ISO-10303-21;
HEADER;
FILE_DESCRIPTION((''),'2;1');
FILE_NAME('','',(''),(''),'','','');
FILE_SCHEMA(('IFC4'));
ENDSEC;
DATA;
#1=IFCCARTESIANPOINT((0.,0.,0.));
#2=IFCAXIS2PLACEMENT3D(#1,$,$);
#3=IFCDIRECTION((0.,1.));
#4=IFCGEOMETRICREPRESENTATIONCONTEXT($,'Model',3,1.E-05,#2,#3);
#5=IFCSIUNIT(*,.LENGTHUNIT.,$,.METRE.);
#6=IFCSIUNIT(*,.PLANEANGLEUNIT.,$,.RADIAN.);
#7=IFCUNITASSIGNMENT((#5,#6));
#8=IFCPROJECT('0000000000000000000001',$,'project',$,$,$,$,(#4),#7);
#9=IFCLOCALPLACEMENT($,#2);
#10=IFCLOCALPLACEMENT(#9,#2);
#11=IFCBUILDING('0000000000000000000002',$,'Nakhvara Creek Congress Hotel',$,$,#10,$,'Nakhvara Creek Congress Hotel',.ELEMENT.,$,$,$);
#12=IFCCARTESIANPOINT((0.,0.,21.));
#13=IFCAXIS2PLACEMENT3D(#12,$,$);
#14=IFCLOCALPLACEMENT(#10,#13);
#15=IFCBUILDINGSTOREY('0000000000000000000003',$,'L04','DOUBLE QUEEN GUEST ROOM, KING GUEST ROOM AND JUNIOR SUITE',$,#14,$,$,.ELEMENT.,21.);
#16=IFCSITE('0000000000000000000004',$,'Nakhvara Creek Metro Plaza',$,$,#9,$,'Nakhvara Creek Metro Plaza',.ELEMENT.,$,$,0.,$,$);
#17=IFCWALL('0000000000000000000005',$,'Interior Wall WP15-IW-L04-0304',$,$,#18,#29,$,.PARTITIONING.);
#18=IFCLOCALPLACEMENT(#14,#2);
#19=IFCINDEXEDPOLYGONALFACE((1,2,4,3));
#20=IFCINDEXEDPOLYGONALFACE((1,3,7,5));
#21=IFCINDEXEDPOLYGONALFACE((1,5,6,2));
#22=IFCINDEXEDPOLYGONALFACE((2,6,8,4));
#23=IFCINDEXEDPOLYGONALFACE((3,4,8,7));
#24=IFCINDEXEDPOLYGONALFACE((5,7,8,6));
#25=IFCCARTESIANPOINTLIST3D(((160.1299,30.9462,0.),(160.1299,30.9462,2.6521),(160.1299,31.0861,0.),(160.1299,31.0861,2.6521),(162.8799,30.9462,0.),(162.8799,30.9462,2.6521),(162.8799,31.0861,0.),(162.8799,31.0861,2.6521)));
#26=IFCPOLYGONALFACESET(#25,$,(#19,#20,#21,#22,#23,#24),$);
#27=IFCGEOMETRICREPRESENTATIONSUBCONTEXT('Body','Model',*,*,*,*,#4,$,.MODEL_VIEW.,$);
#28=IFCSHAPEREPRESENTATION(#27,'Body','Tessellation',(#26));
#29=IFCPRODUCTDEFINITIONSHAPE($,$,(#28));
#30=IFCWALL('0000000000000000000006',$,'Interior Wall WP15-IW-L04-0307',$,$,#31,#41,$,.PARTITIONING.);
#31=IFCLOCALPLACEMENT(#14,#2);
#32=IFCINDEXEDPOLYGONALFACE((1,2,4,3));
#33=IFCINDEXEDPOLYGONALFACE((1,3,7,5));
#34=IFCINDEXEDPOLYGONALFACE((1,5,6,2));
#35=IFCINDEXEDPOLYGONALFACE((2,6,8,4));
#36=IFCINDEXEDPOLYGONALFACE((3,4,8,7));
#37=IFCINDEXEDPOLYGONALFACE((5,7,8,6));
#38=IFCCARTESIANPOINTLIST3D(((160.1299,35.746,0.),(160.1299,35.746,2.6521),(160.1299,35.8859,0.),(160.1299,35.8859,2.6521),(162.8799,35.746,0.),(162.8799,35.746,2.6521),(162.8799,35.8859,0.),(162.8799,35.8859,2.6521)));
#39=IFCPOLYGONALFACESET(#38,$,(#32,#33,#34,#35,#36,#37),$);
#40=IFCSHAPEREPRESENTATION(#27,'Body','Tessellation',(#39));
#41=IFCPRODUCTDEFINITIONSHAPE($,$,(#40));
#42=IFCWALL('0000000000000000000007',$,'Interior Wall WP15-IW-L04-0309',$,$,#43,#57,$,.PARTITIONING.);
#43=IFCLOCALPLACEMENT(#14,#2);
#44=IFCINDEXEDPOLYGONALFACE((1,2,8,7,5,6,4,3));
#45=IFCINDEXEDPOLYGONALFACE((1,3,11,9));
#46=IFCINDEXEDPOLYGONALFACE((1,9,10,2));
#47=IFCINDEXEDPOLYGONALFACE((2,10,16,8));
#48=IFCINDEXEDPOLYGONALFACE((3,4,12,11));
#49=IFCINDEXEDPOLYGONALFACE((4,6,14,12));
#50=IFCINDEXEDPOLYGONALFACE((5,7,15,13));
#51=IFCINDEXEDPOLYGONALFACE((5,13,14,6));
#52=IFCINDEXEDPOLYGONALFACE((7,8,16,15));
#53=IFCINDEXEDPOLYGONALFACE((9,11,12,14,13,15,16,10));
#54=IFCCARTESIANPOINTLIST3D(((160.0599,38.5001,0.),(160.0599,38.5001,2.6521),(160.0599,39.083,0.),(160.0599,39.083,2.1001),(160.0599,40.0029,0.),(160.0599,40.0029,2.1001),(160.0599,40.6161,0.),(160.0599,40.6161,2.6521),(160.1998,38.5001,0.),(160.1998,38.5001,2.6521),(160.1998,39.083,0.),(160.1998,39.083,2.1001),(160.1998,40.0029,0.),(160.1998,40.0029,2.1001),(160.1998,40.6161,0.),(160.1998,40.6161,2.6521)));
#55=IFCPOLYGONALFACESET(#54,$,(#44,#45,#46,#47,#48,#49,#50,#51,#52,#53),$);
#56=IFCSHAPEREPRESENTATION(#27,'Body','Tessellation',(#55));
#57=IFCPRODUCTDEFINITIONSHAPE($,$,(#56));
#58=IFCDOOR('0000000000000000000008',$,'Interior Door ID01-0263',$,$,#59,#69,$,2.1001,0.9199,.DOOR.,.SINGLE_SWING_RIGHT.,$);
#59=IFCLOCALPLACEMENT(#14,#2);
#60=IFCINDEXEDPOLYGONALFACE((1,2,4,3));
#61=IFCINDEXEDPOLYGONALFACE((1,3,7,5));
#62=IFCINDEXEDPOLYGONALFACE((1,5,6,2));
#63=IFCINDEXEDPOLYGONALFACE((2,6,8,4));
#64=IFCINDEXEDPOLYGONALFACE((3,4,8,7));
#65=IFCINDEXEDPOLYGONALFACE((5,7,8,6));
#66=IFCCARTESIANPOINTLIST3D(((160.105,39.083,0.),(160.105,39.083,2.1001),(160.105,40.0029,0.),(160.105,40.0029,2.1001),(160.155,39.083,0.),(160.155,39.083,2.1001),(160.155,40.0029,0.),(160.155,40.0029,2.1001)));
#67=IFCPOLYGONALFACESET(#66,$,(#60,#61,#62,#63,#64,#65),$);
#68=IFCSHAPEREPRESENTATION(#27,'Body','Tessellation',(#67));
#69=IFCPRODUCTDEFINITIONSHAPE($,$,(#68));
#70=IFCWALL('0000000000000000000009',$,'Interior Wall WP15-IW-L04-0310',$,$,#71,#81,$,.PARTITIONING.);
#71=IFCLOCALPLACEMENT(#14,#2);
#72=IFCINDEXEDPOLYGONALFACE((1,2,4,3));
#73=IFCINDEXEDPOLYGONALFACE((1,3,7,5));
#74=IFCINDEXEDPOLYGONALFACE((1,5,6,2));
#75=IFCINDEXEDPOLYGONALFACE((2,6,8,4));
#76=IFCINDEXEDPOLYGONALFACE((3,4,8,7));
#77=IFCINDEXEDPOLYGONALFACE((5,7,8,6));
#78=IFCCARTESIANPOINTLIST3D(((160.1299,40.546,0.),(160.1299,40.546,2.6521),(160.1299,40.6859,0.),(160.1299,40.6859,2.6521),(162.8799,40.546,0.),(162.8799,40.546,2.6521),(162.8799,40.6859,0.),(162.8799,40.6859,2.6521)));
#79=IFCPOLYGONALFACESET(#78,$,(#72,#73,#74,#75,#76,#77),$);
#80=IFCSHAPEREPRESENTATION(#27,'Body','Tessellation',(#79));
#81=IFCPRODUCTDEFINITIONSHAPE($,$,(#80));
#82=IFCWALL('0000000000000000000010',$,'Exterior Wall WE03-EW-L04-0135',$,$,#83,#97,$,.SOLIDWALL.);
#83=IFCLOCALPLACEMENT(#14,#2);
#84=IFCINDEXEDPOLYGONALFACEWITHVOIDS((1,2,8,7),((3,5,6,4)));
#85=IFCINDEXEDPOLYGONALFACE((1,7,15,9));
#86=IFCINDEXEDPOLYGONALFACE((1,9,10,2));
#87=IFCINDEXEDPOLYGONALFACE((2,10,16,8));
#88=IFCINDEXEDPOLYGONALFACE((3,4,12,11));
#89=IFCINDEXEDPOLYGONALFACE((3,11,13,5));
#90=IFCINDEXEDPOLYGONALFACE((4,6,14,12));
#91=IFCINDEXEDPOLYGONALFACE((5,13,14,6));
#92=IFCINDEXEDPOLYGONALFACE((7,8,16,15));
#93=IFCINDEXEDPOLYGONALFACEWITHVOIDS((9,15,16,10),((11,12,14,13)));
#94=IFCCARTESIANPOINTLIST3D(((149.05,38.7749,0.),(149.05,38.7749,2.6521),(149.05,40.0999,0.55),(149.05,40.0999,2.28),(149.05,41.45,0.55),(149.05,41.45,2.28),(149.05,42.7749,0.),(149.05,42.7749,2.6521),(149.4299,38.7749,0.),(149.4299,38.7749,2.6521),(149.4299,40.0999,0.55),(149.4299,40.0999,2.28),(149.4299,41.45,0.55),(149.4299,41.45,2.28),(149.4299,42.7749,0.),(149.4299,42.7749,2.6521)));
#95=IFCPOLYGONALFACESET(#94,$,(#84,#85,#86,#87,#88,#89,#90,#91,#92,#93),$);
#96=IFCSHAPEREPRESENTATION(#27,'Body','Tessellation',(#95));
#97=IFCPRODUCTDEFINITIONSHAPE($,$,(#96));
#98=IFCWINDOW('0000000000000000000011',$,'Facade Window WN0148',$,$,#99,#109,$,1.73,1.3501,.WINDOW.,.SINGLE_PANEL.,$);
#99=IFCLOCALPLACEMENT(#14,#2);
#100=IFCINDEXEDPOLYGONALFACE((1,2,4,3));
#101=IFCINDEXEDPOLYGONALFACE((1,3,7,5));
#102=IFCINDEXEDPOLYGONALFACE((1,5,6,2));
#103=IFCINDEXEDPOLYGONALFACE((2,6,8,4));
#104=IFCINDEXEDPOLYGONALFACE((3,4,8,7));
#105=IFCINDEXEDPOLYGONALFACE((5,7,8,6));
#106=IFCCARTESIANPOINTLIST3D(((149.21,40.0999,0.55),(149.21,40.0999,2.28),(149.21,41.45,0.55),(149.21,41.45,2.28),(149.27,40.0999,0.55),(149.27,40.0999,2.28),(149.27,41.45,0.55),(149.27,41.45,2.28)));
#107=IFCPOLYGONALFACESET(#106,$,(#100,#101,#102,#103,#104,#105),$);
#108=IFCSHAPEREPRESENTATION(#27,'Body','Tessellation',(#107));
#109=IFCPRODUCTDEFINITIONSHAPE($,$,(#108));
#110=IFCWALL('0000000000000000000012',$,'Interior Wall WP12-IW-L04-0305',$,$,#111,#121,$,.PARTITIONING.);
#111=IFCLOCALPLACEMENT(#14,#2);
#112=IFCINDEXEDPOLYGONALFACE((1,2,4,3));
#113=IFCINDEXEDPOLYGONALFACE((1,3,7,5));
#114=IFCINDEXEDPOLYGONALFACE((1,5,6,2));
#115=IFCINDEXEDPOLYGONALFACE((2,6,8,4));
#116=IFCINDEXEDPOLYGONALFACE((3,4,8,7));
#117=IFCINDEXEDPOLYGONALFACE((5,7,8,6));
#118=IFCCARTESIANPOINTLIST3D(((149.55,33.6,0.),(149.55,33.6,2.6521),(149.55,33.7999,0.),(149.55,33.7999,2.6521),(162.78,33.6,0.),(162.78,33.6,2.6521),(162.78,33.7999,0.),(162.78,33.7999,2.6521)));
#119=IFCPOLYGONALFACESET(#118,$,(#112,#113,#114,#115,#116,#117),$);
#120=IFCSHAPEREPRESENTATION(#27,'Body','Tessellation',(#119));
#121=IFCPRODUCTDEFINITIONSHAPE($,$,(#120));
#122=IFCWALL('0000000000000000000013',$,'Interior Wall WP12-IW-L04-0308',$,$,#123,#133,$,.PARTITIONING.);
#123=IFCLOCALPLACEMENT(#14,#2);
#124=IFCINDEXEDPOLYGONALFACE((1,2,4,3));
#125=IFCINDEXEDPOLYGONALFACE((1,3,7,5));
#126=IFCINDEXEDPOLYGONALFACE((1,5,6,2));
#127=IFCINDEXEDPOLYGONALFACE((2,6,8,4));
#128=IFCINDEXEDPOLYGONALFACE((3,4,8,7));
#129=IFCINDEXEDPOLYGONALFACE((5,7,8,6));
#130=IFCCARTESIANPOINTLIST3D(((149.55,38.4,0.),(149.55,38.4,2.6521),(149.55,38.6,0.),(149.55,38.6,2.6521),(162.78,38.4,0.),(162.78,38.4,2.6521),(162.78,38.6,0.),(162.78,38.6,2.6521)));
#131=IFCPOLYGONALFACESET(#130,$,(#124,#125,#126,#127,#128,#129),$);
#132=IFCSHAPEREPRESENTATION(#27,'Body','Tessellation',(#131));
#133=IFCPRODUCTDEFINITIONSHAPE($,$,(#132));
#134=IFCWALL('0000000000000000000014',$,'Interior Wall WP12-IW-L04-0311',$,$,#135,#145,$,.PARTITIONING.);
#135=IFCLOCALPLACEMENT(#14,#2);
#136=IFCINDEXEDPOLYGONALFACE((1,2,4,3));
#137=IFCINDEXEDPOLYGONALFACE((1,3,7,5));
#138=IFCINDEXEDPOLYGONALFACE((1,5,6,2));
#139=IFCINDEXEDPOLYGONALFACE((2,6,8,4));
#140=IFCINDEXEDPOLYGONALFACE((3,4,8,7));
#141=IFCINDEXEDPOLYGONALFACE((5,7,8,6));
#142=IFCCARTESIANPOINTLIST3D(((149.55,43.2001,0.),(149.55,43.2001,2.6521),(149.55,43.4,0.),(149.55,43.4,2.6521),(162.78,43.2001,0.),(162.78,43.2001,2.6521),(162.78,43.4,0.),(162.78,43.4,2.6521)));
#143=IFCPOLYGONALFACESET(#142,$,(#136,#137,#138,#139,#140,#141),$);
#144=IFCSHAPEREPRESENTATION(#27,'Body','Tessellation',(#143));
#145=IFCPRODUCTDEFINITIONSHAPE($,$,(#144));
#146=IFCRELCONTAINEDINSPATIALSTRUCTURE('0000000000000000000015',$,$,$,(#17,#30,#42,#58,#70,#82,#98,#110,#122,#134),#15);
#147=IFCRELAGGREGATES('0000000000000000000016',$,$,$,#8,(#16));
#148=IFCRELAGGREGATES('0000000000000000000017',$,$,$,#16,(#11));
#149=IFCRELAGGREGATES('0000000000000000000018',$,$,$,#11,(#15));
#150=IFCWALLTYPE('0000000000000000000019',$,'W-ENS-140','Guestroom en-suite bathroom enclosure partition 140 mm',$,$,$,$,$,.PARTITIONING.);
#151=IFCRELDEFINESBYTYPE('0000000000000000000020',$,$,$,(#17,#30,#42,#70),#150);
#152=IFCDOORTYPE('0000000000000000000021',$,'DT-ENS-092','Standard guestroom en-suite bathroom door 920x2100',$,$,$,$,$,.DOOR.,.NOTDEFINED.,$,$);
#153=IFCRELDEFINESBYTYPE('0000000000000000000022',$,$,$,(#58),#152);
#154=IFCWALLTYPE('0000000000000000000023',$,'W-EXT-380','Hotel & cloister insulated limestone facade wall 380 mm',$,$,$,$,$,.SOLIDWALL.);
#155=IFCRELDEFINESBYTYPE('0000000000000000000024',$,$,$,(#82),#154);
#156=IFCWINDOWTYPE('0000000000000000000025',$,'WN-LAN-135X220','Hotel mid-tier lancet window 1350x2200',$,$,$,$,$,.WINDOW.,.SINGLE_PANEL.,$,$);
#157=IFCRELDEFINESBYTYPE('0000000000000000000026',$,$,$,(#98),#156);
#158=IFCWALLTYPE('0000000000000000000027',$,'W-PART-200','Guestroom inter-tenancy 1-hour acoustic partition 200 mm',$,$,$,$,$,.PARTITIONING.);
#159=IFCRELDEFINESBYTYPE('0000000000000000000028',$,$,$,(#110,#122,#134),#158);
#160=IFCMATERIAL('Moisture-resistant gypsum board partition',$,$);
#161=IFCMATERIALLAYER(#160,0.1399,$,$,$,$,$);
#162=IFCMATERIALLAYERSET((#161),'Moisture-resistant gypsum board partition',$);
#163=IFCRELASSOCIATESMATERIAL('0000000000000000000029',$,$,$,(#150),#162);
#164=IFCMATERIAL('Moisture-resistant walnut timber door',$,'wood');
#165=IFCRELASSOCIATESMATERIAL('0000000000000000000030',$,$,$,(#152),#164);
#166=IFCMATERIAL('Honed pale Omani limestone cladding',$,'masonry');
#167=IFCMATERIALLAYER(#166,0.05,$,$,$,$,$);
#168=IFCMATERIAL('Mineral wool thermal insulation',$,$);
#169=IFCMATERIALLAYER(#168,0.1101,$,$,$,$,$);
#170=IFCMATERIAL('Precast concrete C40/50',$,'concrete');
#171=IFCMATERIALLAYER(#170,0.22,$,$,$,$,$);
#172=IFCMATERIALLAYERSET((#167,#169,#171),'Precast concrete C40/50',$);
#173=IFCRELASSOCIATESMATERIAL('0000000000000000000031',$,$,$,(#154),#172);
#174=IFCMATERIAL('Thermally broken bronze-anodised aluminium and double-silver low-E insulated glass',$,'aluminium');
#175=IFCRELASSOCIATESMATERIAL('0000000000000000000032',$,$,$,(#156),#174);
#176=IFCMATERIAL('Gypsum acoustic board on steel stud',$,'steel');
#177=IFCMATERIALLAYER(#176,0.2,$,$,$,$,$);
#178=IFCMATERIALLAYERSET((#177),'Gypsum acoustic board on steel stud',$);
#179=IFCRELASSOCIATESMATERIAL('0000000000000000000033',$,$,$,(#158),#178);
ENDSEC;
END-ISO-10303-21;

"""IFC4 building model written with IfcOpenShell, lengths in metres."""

from ifc_helpers import new_model, si_unit, direction, frame, frame_2d, origin, place, context, subcontext, project, spatial, rectangle, extrude, material, layer, layer_set, type_object, element, fill, save


model = new_model("IFC4")

# Units and contexts
model_context = context("Model", 3, precision=1e-05, world=origin(), true_north=direction((0.0, 1.0)))
body_context = subcontext(model_context, "Body", "Model", "MODEL_VIEW")
ifc_project = project(units=[si_unit("LENGTHUNIT", "METRE"), si_unit("PLANEANGLEUNIT", "RADIAN")], contexts=[model_context])

# Site, building, storey
site_placement = place(None, origin())
site = spatial("IfcSite", under=ifc_project, at=site_placement, Name="Nakhvara Creek Metro Plaza", LongName="Nakhvara Creek Metro Plaza", CompositionType="ELEMENT", RefElevation=0.0)
building_placement = place(site_placement, origin())
building = spatial("IfcBuilding", under=site, at=building_placement, Name="Nakhvara Creek Congress Hotel", LongName="Nakhvara Creek Congress Hotel", CompositionType="ELEMENT")
storey_placement = place(building_placement, frame((0.0, 0.0, 21.0)))
storey = spatial("IfcBuildingStorey", under=building, at=storey_placement, Name="L04", Description="DOUBLE QUEEN GUEST ROOM, KING GUEST ROOM AND JUNIOR SUITE", CompositionType="ELEMENT", Elevation=21.0)

# Shared definitions
ifc_material_1 = material(Name="Moisture-resistant gypsum board partition")
ifc_layer_1 = layer(ifc_material_1, 0.1399)
ifc_layer_set_1 = layer_set([ifc_layer_1], Name="Moisture-resistant gypsum board partition")
wall_type_1 = type_object("IfcWallType", Name="W-ENS-140", Description="Guestroom en-suite bathroom enclosure partition 140 mm", PredefinedType="PARTITIONING", material=ifc_layer_set_1)
ifc_material_2 = material(Name="Moisture-resistant walnut timber door", Category="wood")

# Wall
wall_1_placement = place(storey_placement, frame((160.1299, 31.0161, 0.0), z_axis=(0.0, 0.0, 1.0), x_axis=(1.0, 0.0, 0.0)))
element("IfcWall", 1, at=wall_1_placement, inside=storey, type_object=wall_type_1, Name="Interior Wall WP15-IW-L04-0304", PredefinedType="PARTITIONING", context=body_context, shape_type="SweptSolid", body=[
    extrude(rectangle(XDim=2.75, YDim=0.1399, at=frame_2d((1.375, 0.0))), origin(), (0.0, 0.0, 1.0), 2.6521),
])

# Wall
wall_2_placement = place(storey_placement, frame((160.1299, 35.8159, 0.0), z_axis=(0.0, 0.0, 1.0), x_axis=(1.0, 0.0, 0.0)))
element("IfcWall", 2, at=wall_2_placement, inside=storey, type_object=wall_type_1, Name="Interior Wall WP15-IW-L04-0307", PredefinedType="PARTITIONING", context=body_context, shape_type="SweptSolid", body=[
    extrude(rectangle(XDim=2.75, YDim=0.1399, at=frame_2d((1.375, 0.0))), origin(), (0.0, 0.0, 1.0), 2.6521),
])

# Wall, opening, door
wall_3_placement = place(storey_placement, frame((160.1299, 38.5, 0.0), z_axis=(0.0, 0.0, 1.0), x_axis=(0.0, 1.0, 0.0)))
wall_3 = element("IfcWall", 3, at=wall_3_placement, inside=storey, type_object=wall_type_1, Name="Interior Wall WP15-IW-L04-0309", PredefinedType="PARTITIONING", context=body_context, shape_type="SweptSolid", body=[
    extrude(rectangle(XDim=2.116, YDim=0.1399, at=frame_2d((1.0581, 0.0))), origin(), (0.0, 0.0, 1.0), 2.6521),
])
opening_1_placement = place(wall_3_placement, frame((0.583, 0.0, 0.0)))
opening_1 = element("IfcOpeningElement", 4, at=opening_1_placement, cuts=wall_3, PredefinedType="OPENING", context=body_context, shape_type="SweptSolid", body=[
    extrude(rectangle(XDim=0.9199, YDim=2.1001, at=frame_2d((0.46, 1.05))), frame((0.0, 0.082, 0.0), z_axis=(0.0, -1.0, 0.0), x_axis=(1.0, 0.0, 0.0)), (0.0, 0.0, 1.0), 0.1638),
])
door_type_1 = type_object("IfcDoorType", Name="DT-ENS-092", Description="Standard guestroom en-suite bathroom door 920x2100", OperationType="NOTDEFINED", PredefinedType="DOOR", material=ifc_material_2)
door_1_placement = place(opening_1_placement, origin())
door_1 = element("IfcDoor", 5, at=door_1_placement, inside=storey, type_object=door_type_1, Name="Interior Door ID01-0263", OperationType="SINGLE_SWING_RIGHT", OverallHeight=2.1001, OverallWidth=0.9199, PredefinedType="DOOR", context=body_context, shape_type="SweptSolid", body=[
    extrude(rectangle(XDim=0.9199, YDim=2.1001, at=frame_2d((0.46, 1.05))), frame((0.0, 0.0249, 0.0), z_axis=(0.0, -1.0, 0.0), x_axis=(1.0, 0.0, 0.0)), (0.0, 0.0, 1.0), 0.05),
])
fill(opening_1, door_1)

# Wall
wall_4_placement = place(storey_placement, frame((160.1299, 40.616, 0.0), z_axis=(0.0, 0.0, 1.0), x_axis=(1.0, 0.0, 0.0)))
element("IfcWall", 6, at=wall_4_placement, inside=storey, type_object=wall_type_1, Name="Interior Wall WP15-IW-L04-0310", PredefinedType="PARTITIONING", context=body_context, shape_type="SweptSolid", body=[
    extrude(rectangle(XDim=2.75, YDim=0.1399, at=frame_2d((1.375, 0.0))), origin(), (0.0, 0.0, 1.0), 2.6521),
])

# Wall, opening, window
ifc_material_3 = material(Name="Honed pale Omani limestone cladding", Category="masonry")
ifc_layer_2 = layer(ifc_material_3, 0.05)
ifc_material_4 = material(Name="Mineral wool thermal insulation")
ifc_layer_3 = layer(ifc_material_4, 0.1101)
ifc_material_5 = material(Name="Precast concrete C40/50", Category="concrete")
ifc_layer_4 = layer(ifc_material_5, 0.22)
ifc_layer_set_2 = layer_set([ifc_layer_2, ifc_layer_3, ifc_layer_4], Name="Precast concrete C40/50")
wall_type_2 = type_object("IfcWallType", Name="W-EXT-380", Description="Hotel & cloister insulated limestone facade wall 380 mm", PredefinedType="SOLIDWALL", material=ifc_layer_set_2)
wall_5_placement = place(storey_placement, frame((149.24, 38.7749, 0.0), z_axis=(0.0, 0.0, 1.0), x_axis=(0.0, 1.0, 0.0)))
wall_5 = element("IfcWall", 7, at=wall_5_placement, inside=storey, type_object=wall_type_2, Name="Exterior Wall WE03-EW-L04-0135", PredefinedType="SOLIDWALL", context=body_context, shape_type="SweptSolid", body=[
    extrude(rectangle(XDim=4.0, YDim=0.3799, at=frame_2d((2.0, 0.0))), origin(), (0.0, 0.0, 1.0), 2.6521),
])
opening_2_placement = place(wall_5_placement, frame((1.325, 0.0, 0.55)))
opening_2 = element("IfcOpeningElement", 8, at=opening_2_placement, cuts=wall_5, PredefinedType="OPENING", context=body_context, shape_type="SweptSolid", body=[
    extrude(rectangle(XDim=1.3501, YDim=1.73, at=frame_2d((0.675, 0.865))), frame((0.0, 0.2019, 0.0), z_axis=(0.0, -1.0, 0.0), x_axis=(1.0, 0.0, 0.0)), (0.0, 0.0, 1.0), 0.4038),
])
ifc_material_6 = material(Name="Thermally broken bronze-anodised aluminium and double-silver low-E insulated glass", Category="aluminium")
window_type = type_object("IfcWindowType", Name="WN-LAN-135X220", Description="Hotel mid-tier lancet window 1350x2200", PartitioningType="SINGLE_PANEL", PredefinedType="WINDOW", material=ifc_material_6)
window_placement = place(opening_2_placement, origin())
window = element("IfcWindow", 9, at=window_placement, inside=storey, type_object=window_type, Name="Facade Window WN0148", OverallHeight=1.73, OverallWidth=1.3501, PartitioningType="SINGLE_PANEL", PredefinedType="WINDOW", context=body_context, shape_type="SweptSolid", body=[
    extrude(rectangle(XDim=1.3501, YDim=1.73, at=frame_2d((0.675, 0.865))), frame((0.0, 0.03, 0.0), z_axis=(0.0, -1.0, 0.0), x_axis=(1.0, 0.0, 0.0)), (0.0, 0.0, 1.0), 0.0601),
])
fill(opening_2, window)

# Walls
ifc_material_7 = material(Name="Gypsum acoustic board on steel stud", Category="steel")
ifc_layer_5 = layer(ifc_material_7, 0.2)
ifc_layer_set_3 = layer_set([ifc_layer_5], Name="Gypsum acoustic board on steel stud")
wall_type_3 = type_object("IfcWallType", Name="W-PART-200", Description="Guestroom inter-tenancy 1-hour acoustic partition 200 mm", PredefinedType="PARTITIONING", material=ifc_layer_set_3)
for number, where, z_axis, x_axis, name in (
    (10, (149.55, 33.7, 0.0), (0.0, 0.0, 1.0), (1.0, 0.0, 0.0), "Interior Wall WP12-IW-L04-0305"),
    (11, (149.55, 38.5, 0.0), (0.0, 0.0, 1.0), (1.0, 0.0, 0.0), "Interior Wall WP12-IW-L04-0308"),
    (12, (149.55, 43.3, 0.0), (0.0, 0.0, 1.0), (1.0, 0.0, 0.0), "Interior Wall WP12-IW-L04-0311"),
):
    element("IfcWall", number, at=place(storey_placement, frame(where, z_axis=z_axis, x_axis=x_axis)), inside=storey, type_object=wall_type_3, Name=name, PredefinedType="PARTITIONING", context=body_context, shape_type="SweptSolid", body=[
        extrude(rectangle(XDim=13.23, YDim=0.2, at=frame_2d((6.615, 0.0))), origin(), (0.0, 0.0, 1.0), 2.6521),
    ])

save(model, "model.ifc")
